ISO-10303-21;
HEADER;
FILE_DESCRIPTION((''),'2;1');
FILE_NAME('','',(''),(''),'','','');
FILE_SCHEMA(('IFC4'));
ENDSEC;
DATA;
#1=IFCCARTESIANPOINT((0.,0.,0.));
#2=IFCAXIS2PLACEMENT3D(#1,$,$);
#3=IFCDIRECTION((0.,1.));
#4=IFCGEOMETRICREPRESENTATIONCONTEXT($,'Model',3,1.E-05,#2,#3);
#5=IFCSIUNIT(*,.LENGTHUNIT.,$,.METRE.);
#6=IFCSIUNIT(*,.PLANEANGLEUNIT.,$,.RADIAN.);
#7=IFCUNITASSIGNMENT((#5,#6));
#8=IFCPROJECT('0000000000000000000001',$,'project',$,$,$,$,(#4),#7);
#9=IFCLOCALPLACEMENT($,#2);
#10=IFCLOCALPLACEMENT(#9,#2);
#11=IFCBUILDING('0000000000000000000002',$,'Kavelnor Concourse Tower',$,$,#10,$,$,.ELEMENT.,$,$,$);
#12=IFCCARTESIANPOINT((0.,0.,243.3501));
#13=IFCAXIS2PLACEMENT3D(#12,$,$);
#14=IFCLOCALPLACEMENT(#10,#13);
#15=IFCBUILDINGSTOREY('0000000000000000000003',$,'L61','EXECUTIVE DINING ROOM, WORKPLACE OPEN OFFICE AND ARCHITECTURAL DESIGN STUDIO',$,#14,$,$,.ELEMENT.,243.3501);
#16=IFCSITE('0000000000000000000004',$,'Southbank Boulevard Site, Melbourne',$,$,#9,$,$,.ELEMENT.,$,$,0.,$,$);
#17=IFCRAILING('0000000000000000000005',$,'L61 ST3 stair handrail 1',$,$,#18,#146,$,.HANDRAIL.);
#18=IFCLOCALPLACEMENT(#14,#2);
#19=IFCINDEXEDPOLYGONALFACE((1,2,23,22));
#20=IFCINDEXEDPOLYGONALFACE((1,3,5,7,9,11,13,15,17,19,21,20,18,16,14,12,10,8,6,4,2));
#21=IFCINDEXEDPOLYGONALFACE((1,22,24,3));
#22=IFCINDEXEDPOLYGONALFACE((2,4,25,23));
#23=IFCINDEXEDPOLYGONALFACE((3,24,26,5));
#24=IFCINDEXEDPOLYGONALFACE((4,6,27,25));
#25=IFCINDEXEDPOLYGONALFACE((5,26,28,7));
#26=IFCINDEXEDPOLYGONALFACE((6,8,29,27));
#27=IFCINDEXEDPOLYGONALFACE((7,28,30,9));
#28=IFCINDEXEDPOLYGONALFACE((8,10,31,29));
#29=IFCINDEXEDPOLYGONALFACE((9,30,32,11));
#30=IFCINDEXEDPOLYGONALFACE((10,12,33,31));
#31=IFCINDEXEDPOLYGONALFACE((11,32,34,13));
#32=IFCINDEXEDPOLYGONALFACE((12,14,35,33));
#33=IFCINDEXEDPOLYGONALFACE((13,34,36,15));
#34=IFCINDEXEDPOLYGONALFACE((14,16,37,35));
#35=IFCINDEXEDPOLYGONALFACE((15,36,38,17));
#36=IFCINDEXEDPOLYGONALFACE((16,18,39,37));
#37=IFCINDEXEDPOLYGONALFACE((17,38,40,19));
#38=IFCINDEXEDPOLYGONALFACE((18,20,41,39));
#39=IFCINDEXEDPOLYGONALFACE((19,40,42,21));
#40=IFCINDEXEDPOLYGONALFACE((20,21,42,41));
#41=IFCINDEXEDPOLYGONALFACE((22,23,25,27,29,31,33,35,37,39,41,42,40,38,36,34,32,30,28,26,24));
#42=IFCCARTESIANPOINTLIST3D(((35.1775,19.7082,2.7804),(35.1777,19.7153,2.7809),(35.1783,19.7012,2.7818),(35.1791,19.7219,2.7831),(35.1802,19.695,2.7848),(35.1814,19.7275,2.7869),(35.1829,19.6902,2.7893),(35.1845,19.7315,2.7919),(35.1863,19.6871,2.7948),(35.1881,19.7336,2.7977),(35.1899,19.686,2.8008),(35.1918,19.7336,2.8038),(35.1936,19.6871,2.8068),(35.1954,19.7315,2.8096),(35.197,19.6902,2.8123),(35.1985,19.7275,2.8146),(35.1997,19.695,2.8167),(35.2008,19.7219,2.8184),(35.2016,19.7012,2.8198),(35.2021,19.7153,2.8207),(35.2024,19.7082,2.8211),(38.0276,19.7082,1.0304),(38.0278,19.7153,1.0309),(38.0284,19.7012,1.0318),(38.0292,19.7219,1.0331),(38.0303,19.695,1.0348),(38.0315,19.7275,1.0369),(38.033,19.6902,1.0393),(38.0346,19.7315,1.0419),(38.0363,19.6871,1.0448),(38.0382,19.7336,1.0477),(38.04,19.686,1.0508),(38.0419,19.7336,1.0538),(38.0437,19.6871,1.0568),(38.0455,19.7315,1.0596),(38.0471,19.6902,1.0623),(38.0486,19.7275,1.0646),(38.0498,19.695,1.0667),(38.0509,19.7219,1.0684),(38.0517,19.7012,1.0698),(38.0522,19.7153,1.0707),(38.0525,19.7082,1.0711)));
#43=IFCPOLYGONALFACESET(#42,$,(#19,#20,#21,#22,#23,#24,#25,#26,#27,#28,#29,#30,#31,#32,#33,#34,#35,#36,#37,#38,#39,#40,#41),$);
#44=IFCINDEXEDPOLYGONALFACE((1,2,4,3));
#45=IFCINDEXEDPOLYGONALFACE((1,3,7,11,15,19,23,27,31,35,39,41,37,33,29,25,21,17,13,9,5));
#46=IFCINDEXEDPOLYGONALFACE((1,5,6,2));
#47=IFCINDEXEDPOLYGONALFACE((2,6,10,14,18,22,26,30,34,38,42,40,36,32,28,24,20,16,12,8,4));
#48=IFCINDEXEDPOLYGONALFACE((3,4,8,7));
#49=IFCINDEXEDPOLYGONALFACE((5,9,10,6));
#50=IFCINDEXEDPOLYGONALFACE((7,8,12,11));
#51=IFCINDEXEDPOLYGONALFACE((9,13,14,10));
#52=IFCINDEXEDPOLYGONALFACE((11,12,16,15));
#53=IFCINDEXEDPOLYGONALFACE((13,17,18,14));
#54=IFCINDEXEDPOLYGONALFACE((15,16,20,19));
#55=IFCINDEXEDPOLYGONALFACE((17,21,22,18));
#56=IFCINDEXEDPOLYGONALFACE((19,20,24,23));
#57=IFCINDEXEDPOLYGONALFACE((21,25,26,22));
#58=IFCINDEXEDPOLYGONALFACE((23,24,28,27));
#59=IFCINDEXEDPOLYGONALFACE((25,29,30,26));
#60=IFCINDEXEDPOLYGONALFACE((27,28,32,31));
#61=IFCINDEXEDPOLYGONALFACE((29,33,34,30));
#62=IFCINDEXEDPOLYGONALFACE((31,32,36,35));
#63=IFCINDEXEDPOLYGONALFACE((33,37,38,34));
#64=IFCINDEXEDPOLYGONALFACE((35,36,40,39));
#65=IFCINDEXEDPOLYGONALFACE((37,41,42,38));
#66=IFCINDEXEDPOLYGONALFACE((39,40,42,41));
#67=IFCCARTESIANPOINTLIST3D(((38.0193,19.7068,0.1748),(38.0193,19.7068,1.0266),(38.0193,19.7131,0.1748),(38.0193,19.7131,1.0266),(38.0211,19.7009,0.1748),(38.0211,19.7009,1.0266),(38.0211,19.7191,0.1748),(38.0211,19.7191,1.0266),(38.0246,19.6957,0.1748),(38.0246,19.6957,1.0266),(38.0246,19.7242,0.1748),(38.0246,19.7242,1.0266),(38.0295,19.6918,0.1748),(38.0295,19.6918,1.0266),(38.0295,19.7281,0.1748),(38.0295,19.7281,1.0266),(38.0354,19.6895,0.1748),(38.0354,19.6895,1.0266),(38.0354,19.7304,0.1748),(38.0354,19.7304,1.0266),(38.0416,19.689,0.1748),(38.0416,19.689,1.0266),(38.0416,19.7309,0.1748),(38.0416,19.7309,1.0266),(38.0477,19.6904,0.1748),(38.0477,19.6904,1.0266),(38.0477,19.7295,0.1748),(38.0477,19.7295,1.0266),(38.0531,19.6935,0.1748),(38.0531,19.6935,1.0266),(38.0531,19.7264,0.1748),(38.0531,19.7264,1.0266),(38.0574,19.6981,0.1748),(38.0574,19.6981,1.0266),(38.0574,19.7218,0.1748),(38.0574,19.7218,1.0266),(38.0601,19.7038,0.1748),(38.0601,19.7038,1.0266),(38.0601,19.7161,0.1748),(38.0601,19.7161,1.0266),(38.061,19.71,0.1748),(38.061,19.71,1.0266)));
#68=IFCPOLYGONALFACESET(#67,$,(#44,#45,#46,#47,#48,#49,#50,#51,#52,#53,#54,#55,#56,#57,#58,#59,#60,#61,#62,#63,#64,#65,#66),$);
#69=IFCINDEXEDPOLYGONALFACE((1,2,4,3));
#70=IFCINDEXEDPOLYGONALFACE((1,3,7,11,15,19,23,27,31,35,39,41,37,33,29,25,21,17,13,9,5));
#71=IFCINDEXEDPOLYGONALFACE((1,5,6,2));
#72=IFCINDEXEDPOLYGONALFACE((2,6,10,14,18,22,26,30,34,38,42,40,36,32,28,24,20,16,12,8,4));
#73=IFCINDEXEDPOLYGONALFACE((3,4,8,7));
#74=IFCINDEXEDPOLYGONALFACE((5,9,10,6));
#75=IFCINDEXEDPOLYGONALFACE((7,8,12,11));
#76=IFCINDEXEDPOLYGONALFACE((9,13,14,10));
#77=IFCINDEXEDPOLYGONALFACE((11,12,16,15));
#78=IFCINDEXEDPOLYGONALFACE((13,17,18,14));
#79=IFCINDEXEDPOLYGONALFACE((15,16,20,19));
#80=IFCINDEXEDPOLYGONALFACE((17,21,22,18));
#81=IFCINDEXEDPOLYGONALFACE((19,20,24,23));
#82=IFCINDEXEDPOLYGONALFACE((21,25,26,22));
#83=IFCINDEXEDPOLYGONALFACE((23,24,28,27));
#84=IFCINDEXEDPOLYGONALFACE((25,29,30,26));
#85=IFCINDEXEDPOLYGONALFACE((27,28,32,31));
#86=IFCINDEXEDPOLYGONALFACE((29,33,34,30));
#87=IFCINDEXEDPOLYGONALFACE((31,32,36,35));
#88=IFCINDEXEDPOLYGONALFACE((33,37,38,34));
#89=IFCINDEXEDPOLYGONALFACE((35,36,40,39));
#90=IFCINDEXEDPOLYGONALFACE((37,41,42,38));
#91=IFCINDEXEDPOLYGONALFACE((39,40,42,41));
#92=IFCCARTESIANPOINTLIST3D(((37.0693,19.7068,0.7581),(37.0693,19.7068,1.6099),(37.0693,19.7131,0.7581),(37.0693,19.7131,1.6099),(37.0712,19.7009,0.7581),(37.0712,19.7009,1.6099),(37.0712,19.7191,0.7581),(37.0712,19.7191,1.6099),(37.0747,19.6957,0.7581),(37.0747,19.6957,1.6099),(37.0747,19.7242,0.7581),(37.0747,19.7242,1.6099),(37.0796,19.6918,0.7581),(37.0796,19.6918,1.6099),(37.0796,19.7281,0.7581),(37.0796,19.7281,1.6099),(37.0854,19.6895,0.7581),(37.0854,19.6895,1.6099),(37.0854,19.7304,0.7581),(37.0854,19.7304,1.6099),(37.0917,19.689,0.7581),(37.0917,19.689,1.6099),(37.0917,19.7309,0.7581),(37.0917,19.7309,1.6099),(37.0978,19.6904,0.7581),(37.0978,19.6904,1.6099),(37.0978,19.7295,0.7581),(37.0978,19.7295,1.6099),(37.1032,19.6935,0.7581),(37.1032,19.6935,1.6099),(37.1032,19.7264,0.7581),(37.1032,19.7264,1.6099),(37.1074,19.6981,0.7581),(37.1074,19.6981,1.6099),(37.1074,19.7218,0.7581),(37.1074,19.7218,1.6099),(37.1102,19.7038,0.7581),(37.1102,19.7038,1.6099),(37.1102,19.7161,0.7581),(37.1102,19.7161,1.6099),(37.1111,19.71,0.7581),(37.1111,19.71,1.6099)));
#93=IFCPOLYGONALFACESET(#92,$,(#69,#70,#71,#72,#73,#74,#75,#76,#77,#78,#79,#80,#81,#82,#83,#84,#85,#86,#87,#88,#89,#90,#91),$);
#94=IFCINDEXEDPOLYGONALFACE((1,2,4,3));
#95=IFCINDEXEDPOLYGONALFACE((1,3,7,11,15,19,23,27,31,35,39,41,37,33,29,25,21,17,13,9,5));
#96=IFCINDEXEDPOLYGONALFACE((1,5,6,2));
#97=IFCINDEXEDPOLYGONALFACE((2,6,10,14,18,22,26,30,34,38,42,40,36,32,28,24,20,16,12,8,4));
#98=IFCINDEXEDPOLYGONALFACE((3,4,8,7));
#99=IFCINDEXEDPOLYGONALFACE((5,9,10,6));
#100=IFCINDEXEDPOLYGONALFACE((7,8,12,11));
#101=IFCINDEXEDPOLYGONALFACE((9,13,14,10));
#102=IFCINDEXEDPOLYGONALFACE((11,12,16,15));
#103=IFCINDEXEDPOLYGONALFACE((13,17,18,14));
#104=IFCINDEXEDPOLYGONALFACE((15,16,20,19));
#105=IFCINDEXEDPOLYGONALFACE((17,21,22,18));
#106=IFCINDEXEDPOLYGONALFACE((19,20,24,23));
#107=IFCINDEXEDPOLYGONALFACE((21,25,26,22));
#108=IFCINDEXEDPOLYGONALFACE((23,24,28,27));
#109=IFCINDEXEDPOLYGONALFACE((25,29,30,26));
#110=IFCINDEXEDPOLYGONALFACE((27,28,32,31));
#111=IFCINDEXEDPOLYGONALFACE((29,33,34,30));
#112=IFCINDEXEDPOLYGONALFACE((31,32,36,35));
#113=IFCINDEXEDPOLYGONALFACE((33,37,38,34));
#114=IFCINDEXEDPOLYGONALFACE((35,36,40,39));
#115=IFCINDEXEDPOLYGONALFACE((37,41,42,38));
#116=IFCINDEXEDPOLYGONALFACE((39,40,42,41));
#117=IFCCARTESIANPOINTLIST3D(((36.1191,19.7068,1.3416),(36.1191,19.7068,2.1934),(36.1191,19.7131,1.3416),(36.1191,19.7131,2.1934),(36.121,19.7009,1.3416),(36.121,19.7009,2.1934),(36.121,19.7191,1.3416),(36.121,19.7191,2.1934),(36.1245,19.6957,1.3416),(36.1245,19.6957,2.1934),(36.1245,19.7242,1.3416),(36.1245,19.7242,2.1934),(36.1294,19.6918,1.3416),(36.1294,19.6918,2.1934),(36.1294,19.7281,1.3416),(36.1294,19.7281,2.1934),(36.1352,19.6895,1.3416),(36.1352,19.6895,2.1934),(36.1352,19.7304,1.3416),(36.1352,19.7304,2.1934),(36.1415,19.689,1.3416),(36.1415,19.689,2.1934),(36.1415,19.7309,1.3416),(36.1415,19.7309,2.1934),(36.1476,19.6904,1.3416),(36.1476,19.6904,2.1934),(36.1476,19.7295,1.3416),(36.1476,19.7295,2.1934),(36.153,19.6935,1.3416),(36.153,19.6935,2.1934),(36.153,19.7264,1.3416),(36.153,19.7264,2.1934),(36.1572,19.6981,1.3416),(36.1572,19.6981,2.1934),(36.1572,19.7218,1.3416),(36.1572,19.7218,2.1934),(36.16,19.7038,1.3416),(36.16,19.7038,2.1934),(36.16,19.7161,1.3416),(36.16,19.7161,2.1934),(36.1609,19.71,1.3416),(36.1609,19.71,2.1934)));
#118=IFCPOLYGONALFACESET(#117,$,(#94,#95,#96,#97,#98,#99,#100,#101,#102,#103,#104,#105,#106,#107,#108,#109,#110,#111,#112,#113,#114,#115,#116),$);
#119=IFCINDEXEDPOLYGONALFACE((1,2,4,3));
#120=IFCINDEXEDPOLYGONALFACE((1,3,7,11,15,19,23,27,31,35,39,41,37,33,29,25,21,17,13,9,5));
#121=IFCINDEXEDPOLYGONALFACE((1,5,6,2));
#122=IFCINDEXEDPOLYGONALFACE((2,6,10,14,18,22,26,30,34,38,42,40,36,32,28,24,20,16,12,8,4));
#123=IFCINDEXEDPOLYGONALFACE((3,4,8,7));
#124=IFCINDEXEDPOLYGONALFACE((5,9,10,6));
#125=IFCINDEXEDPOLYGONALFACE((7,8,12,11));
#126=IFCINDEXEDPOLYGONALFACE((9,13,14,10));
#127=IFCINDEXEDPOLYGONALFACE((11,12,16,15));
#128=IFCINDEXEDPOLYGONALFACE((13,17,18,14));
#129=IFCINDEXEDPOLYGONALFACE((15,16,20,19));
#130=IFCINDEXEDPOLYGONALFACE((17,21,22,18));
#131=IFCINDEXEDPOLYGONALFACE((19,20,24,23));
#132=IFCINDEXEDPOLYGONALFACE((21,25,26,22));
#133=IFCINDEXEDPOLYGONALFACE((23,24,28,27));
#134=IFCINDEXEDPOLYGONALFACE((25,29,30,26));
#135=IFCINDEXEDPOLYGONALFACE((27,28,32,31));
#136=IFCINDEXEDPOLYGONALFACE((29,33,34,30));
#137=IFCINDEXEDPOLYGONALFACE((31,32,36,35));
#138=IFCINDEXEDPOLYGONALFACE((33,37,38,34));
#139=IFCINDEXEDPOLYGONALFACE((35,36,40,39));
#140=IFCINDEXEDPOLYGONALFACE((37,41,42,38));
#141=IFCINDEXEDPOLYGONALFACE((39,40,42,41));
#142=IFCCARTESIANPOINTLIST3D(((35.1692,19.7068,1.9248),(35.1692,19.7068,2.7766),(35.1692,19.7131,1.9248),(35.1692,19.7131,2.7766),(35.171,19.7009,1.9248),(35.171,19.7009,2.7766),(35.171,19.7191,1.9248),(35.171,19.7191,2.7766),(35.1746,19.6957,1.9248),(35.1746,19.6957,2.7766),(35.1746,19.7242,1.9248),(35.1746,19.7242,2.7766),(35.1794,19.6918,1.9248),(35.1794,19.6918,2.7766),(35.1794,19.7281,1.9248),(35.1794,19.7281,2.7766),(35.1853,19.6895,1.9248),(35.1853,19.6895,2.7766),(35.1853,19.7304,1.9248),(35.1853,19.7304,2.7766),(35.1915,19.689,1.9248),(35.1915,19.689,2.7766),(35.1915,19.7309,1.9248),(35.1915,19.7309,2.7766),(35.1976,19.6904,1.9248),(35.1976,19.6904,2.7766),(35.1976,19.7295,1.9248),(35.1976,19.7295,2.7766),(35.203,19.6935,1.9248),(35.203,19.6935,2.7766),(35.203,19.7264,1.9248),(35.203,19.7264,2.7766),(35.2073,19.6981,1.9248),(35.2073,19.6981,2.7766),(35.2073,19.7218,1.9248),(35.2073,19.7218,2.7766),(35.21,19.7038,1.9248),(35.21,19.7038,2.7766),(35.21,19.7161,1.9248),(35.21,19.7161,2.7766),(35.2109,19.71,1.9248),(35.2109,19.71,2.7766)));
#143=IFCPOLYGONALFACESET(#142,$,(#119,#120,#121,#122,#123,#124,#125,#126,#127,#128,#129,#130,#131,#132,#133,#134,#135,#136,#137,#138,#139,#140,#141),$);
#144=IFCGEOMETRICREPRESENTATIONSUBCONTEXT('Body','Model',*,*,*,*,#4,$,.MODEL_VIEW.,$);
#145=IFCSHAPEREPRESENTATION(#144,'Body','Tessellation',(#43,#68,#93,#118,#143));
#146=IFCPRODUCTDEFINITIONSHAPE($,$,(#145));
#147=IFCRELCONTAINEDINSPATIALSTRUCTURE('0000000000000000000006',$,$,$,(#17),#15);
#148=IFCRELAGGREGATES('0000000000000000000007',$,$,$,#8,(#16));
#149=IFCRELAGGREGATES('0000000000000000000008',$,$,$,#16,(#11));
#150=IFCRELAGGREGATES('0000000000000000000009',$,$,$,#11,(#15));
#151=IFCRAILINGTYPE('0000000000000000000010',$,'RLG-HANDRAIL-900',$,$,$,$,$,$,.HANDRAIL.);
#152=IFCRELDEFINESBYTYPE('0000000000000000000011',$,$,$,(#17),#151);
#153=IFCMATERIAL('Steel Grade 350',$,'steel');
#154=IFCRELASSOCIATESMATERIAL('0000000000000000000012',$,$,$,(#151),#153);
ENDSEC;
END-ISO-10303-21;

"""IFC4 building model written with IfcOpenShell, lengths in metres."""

from ifc_helpers import new_model, si_unit, direction, frame, origin, origin_2d, place, context, subcontext, project, spatial, circle, extrude, material, type_object, element, save


model = new_model("IFC4")

# Units and contexts
model_context = context("Model", 3, precision=1e-05, world=origin(), true_north=direction((0.0, 1.0)))
body_context = subcontext(model_context, "Body", "Model", "MODEL_VIEW")
ifc_project = project(units=[si_unit("LENGTHUNIT", "METRE"), si_unit("PLANEANGLEUNIT", "RADIAN")], contexts=[model_context])

# Site, building, storey
site_placement = place(None, origin())
site = spatial("IfcSite", under=ifc_project, at=site_placement, Name="Southbank Boulevard Site, Melbourne", CompositionType="ELEMENT", RefElevation=0.0)
building_placement = place(site_placement, origin())
building = spatial("IfcBuilding", under=site, at=building_placement, Name="Kavelnor Concourse Tower", CompositionType="ELEMENT")
storey_placement = place(building_placement, frame((0.0, 0.0, 243.3501)))
storey = spatial("IfcBuildingStorey", under=building, at=storey_placement, Name="L61", Description="EXECUTIVE DINING ROOM, WORKPLACE OPEN OFFICE AND ARCHITECTURAL DESIGN STUDIO", CompositionType="ELEMENT", Elevation=243.3501)

# Shared definitions
ifc_material_1 = material(Name="Steel Grade 350", Category="steel")

# Railing
railing_type_1 = type_object("IfcRailingType", Name="RLG-HANDRAIL-900", PredefinedType="HANDRAIL", material=ifc_material_1)
railing_1_placement = place(storey_placement, frame((38.04, 19.71, 0.1748)))
element("IfcRailing", 1, at=railing_1_placement, inside=storey, type_object=railing_type_1, Name="L61 ST3 stair handrail 1", PredefinedType="HANDRAIL", context=body_context, shape_type="SweptSolid", body=[
    extrude(circle(Radius=0.0239, at=origin_2d()), frame((0.0, 0.0, 0.876), z_axis=(-0.852179, 0.0, 0.52325), x_axis=(0.0, -1.0, 0.0)), (0.0, 0.0, 1.0), 3.3445),
    extrude(circle(Radius=0.021, at=origin_2d()), origin(), (0.0, 0.0, 1.0), 0.8518),
    extrude(circle(Radius=0.021, at=origin_2d()), frame((-0.95, 0.0, 0.5833)), (0.0, 0.0, 1.0), 0.8518),
    extrude(circle(Radius=0.021, at=origin_2d()), frame((-1.9001, 0.0, 1.1667)), (0.0, 0.0, 1.0), 0.8518),
    extrude(circle(Radius=0.021, at=origin_2d()), frame((-2.8501, 0.0, 1.75)), (0.0, 0.0, 1.0), 0.8518),
])

save(model, "model.ifc")
